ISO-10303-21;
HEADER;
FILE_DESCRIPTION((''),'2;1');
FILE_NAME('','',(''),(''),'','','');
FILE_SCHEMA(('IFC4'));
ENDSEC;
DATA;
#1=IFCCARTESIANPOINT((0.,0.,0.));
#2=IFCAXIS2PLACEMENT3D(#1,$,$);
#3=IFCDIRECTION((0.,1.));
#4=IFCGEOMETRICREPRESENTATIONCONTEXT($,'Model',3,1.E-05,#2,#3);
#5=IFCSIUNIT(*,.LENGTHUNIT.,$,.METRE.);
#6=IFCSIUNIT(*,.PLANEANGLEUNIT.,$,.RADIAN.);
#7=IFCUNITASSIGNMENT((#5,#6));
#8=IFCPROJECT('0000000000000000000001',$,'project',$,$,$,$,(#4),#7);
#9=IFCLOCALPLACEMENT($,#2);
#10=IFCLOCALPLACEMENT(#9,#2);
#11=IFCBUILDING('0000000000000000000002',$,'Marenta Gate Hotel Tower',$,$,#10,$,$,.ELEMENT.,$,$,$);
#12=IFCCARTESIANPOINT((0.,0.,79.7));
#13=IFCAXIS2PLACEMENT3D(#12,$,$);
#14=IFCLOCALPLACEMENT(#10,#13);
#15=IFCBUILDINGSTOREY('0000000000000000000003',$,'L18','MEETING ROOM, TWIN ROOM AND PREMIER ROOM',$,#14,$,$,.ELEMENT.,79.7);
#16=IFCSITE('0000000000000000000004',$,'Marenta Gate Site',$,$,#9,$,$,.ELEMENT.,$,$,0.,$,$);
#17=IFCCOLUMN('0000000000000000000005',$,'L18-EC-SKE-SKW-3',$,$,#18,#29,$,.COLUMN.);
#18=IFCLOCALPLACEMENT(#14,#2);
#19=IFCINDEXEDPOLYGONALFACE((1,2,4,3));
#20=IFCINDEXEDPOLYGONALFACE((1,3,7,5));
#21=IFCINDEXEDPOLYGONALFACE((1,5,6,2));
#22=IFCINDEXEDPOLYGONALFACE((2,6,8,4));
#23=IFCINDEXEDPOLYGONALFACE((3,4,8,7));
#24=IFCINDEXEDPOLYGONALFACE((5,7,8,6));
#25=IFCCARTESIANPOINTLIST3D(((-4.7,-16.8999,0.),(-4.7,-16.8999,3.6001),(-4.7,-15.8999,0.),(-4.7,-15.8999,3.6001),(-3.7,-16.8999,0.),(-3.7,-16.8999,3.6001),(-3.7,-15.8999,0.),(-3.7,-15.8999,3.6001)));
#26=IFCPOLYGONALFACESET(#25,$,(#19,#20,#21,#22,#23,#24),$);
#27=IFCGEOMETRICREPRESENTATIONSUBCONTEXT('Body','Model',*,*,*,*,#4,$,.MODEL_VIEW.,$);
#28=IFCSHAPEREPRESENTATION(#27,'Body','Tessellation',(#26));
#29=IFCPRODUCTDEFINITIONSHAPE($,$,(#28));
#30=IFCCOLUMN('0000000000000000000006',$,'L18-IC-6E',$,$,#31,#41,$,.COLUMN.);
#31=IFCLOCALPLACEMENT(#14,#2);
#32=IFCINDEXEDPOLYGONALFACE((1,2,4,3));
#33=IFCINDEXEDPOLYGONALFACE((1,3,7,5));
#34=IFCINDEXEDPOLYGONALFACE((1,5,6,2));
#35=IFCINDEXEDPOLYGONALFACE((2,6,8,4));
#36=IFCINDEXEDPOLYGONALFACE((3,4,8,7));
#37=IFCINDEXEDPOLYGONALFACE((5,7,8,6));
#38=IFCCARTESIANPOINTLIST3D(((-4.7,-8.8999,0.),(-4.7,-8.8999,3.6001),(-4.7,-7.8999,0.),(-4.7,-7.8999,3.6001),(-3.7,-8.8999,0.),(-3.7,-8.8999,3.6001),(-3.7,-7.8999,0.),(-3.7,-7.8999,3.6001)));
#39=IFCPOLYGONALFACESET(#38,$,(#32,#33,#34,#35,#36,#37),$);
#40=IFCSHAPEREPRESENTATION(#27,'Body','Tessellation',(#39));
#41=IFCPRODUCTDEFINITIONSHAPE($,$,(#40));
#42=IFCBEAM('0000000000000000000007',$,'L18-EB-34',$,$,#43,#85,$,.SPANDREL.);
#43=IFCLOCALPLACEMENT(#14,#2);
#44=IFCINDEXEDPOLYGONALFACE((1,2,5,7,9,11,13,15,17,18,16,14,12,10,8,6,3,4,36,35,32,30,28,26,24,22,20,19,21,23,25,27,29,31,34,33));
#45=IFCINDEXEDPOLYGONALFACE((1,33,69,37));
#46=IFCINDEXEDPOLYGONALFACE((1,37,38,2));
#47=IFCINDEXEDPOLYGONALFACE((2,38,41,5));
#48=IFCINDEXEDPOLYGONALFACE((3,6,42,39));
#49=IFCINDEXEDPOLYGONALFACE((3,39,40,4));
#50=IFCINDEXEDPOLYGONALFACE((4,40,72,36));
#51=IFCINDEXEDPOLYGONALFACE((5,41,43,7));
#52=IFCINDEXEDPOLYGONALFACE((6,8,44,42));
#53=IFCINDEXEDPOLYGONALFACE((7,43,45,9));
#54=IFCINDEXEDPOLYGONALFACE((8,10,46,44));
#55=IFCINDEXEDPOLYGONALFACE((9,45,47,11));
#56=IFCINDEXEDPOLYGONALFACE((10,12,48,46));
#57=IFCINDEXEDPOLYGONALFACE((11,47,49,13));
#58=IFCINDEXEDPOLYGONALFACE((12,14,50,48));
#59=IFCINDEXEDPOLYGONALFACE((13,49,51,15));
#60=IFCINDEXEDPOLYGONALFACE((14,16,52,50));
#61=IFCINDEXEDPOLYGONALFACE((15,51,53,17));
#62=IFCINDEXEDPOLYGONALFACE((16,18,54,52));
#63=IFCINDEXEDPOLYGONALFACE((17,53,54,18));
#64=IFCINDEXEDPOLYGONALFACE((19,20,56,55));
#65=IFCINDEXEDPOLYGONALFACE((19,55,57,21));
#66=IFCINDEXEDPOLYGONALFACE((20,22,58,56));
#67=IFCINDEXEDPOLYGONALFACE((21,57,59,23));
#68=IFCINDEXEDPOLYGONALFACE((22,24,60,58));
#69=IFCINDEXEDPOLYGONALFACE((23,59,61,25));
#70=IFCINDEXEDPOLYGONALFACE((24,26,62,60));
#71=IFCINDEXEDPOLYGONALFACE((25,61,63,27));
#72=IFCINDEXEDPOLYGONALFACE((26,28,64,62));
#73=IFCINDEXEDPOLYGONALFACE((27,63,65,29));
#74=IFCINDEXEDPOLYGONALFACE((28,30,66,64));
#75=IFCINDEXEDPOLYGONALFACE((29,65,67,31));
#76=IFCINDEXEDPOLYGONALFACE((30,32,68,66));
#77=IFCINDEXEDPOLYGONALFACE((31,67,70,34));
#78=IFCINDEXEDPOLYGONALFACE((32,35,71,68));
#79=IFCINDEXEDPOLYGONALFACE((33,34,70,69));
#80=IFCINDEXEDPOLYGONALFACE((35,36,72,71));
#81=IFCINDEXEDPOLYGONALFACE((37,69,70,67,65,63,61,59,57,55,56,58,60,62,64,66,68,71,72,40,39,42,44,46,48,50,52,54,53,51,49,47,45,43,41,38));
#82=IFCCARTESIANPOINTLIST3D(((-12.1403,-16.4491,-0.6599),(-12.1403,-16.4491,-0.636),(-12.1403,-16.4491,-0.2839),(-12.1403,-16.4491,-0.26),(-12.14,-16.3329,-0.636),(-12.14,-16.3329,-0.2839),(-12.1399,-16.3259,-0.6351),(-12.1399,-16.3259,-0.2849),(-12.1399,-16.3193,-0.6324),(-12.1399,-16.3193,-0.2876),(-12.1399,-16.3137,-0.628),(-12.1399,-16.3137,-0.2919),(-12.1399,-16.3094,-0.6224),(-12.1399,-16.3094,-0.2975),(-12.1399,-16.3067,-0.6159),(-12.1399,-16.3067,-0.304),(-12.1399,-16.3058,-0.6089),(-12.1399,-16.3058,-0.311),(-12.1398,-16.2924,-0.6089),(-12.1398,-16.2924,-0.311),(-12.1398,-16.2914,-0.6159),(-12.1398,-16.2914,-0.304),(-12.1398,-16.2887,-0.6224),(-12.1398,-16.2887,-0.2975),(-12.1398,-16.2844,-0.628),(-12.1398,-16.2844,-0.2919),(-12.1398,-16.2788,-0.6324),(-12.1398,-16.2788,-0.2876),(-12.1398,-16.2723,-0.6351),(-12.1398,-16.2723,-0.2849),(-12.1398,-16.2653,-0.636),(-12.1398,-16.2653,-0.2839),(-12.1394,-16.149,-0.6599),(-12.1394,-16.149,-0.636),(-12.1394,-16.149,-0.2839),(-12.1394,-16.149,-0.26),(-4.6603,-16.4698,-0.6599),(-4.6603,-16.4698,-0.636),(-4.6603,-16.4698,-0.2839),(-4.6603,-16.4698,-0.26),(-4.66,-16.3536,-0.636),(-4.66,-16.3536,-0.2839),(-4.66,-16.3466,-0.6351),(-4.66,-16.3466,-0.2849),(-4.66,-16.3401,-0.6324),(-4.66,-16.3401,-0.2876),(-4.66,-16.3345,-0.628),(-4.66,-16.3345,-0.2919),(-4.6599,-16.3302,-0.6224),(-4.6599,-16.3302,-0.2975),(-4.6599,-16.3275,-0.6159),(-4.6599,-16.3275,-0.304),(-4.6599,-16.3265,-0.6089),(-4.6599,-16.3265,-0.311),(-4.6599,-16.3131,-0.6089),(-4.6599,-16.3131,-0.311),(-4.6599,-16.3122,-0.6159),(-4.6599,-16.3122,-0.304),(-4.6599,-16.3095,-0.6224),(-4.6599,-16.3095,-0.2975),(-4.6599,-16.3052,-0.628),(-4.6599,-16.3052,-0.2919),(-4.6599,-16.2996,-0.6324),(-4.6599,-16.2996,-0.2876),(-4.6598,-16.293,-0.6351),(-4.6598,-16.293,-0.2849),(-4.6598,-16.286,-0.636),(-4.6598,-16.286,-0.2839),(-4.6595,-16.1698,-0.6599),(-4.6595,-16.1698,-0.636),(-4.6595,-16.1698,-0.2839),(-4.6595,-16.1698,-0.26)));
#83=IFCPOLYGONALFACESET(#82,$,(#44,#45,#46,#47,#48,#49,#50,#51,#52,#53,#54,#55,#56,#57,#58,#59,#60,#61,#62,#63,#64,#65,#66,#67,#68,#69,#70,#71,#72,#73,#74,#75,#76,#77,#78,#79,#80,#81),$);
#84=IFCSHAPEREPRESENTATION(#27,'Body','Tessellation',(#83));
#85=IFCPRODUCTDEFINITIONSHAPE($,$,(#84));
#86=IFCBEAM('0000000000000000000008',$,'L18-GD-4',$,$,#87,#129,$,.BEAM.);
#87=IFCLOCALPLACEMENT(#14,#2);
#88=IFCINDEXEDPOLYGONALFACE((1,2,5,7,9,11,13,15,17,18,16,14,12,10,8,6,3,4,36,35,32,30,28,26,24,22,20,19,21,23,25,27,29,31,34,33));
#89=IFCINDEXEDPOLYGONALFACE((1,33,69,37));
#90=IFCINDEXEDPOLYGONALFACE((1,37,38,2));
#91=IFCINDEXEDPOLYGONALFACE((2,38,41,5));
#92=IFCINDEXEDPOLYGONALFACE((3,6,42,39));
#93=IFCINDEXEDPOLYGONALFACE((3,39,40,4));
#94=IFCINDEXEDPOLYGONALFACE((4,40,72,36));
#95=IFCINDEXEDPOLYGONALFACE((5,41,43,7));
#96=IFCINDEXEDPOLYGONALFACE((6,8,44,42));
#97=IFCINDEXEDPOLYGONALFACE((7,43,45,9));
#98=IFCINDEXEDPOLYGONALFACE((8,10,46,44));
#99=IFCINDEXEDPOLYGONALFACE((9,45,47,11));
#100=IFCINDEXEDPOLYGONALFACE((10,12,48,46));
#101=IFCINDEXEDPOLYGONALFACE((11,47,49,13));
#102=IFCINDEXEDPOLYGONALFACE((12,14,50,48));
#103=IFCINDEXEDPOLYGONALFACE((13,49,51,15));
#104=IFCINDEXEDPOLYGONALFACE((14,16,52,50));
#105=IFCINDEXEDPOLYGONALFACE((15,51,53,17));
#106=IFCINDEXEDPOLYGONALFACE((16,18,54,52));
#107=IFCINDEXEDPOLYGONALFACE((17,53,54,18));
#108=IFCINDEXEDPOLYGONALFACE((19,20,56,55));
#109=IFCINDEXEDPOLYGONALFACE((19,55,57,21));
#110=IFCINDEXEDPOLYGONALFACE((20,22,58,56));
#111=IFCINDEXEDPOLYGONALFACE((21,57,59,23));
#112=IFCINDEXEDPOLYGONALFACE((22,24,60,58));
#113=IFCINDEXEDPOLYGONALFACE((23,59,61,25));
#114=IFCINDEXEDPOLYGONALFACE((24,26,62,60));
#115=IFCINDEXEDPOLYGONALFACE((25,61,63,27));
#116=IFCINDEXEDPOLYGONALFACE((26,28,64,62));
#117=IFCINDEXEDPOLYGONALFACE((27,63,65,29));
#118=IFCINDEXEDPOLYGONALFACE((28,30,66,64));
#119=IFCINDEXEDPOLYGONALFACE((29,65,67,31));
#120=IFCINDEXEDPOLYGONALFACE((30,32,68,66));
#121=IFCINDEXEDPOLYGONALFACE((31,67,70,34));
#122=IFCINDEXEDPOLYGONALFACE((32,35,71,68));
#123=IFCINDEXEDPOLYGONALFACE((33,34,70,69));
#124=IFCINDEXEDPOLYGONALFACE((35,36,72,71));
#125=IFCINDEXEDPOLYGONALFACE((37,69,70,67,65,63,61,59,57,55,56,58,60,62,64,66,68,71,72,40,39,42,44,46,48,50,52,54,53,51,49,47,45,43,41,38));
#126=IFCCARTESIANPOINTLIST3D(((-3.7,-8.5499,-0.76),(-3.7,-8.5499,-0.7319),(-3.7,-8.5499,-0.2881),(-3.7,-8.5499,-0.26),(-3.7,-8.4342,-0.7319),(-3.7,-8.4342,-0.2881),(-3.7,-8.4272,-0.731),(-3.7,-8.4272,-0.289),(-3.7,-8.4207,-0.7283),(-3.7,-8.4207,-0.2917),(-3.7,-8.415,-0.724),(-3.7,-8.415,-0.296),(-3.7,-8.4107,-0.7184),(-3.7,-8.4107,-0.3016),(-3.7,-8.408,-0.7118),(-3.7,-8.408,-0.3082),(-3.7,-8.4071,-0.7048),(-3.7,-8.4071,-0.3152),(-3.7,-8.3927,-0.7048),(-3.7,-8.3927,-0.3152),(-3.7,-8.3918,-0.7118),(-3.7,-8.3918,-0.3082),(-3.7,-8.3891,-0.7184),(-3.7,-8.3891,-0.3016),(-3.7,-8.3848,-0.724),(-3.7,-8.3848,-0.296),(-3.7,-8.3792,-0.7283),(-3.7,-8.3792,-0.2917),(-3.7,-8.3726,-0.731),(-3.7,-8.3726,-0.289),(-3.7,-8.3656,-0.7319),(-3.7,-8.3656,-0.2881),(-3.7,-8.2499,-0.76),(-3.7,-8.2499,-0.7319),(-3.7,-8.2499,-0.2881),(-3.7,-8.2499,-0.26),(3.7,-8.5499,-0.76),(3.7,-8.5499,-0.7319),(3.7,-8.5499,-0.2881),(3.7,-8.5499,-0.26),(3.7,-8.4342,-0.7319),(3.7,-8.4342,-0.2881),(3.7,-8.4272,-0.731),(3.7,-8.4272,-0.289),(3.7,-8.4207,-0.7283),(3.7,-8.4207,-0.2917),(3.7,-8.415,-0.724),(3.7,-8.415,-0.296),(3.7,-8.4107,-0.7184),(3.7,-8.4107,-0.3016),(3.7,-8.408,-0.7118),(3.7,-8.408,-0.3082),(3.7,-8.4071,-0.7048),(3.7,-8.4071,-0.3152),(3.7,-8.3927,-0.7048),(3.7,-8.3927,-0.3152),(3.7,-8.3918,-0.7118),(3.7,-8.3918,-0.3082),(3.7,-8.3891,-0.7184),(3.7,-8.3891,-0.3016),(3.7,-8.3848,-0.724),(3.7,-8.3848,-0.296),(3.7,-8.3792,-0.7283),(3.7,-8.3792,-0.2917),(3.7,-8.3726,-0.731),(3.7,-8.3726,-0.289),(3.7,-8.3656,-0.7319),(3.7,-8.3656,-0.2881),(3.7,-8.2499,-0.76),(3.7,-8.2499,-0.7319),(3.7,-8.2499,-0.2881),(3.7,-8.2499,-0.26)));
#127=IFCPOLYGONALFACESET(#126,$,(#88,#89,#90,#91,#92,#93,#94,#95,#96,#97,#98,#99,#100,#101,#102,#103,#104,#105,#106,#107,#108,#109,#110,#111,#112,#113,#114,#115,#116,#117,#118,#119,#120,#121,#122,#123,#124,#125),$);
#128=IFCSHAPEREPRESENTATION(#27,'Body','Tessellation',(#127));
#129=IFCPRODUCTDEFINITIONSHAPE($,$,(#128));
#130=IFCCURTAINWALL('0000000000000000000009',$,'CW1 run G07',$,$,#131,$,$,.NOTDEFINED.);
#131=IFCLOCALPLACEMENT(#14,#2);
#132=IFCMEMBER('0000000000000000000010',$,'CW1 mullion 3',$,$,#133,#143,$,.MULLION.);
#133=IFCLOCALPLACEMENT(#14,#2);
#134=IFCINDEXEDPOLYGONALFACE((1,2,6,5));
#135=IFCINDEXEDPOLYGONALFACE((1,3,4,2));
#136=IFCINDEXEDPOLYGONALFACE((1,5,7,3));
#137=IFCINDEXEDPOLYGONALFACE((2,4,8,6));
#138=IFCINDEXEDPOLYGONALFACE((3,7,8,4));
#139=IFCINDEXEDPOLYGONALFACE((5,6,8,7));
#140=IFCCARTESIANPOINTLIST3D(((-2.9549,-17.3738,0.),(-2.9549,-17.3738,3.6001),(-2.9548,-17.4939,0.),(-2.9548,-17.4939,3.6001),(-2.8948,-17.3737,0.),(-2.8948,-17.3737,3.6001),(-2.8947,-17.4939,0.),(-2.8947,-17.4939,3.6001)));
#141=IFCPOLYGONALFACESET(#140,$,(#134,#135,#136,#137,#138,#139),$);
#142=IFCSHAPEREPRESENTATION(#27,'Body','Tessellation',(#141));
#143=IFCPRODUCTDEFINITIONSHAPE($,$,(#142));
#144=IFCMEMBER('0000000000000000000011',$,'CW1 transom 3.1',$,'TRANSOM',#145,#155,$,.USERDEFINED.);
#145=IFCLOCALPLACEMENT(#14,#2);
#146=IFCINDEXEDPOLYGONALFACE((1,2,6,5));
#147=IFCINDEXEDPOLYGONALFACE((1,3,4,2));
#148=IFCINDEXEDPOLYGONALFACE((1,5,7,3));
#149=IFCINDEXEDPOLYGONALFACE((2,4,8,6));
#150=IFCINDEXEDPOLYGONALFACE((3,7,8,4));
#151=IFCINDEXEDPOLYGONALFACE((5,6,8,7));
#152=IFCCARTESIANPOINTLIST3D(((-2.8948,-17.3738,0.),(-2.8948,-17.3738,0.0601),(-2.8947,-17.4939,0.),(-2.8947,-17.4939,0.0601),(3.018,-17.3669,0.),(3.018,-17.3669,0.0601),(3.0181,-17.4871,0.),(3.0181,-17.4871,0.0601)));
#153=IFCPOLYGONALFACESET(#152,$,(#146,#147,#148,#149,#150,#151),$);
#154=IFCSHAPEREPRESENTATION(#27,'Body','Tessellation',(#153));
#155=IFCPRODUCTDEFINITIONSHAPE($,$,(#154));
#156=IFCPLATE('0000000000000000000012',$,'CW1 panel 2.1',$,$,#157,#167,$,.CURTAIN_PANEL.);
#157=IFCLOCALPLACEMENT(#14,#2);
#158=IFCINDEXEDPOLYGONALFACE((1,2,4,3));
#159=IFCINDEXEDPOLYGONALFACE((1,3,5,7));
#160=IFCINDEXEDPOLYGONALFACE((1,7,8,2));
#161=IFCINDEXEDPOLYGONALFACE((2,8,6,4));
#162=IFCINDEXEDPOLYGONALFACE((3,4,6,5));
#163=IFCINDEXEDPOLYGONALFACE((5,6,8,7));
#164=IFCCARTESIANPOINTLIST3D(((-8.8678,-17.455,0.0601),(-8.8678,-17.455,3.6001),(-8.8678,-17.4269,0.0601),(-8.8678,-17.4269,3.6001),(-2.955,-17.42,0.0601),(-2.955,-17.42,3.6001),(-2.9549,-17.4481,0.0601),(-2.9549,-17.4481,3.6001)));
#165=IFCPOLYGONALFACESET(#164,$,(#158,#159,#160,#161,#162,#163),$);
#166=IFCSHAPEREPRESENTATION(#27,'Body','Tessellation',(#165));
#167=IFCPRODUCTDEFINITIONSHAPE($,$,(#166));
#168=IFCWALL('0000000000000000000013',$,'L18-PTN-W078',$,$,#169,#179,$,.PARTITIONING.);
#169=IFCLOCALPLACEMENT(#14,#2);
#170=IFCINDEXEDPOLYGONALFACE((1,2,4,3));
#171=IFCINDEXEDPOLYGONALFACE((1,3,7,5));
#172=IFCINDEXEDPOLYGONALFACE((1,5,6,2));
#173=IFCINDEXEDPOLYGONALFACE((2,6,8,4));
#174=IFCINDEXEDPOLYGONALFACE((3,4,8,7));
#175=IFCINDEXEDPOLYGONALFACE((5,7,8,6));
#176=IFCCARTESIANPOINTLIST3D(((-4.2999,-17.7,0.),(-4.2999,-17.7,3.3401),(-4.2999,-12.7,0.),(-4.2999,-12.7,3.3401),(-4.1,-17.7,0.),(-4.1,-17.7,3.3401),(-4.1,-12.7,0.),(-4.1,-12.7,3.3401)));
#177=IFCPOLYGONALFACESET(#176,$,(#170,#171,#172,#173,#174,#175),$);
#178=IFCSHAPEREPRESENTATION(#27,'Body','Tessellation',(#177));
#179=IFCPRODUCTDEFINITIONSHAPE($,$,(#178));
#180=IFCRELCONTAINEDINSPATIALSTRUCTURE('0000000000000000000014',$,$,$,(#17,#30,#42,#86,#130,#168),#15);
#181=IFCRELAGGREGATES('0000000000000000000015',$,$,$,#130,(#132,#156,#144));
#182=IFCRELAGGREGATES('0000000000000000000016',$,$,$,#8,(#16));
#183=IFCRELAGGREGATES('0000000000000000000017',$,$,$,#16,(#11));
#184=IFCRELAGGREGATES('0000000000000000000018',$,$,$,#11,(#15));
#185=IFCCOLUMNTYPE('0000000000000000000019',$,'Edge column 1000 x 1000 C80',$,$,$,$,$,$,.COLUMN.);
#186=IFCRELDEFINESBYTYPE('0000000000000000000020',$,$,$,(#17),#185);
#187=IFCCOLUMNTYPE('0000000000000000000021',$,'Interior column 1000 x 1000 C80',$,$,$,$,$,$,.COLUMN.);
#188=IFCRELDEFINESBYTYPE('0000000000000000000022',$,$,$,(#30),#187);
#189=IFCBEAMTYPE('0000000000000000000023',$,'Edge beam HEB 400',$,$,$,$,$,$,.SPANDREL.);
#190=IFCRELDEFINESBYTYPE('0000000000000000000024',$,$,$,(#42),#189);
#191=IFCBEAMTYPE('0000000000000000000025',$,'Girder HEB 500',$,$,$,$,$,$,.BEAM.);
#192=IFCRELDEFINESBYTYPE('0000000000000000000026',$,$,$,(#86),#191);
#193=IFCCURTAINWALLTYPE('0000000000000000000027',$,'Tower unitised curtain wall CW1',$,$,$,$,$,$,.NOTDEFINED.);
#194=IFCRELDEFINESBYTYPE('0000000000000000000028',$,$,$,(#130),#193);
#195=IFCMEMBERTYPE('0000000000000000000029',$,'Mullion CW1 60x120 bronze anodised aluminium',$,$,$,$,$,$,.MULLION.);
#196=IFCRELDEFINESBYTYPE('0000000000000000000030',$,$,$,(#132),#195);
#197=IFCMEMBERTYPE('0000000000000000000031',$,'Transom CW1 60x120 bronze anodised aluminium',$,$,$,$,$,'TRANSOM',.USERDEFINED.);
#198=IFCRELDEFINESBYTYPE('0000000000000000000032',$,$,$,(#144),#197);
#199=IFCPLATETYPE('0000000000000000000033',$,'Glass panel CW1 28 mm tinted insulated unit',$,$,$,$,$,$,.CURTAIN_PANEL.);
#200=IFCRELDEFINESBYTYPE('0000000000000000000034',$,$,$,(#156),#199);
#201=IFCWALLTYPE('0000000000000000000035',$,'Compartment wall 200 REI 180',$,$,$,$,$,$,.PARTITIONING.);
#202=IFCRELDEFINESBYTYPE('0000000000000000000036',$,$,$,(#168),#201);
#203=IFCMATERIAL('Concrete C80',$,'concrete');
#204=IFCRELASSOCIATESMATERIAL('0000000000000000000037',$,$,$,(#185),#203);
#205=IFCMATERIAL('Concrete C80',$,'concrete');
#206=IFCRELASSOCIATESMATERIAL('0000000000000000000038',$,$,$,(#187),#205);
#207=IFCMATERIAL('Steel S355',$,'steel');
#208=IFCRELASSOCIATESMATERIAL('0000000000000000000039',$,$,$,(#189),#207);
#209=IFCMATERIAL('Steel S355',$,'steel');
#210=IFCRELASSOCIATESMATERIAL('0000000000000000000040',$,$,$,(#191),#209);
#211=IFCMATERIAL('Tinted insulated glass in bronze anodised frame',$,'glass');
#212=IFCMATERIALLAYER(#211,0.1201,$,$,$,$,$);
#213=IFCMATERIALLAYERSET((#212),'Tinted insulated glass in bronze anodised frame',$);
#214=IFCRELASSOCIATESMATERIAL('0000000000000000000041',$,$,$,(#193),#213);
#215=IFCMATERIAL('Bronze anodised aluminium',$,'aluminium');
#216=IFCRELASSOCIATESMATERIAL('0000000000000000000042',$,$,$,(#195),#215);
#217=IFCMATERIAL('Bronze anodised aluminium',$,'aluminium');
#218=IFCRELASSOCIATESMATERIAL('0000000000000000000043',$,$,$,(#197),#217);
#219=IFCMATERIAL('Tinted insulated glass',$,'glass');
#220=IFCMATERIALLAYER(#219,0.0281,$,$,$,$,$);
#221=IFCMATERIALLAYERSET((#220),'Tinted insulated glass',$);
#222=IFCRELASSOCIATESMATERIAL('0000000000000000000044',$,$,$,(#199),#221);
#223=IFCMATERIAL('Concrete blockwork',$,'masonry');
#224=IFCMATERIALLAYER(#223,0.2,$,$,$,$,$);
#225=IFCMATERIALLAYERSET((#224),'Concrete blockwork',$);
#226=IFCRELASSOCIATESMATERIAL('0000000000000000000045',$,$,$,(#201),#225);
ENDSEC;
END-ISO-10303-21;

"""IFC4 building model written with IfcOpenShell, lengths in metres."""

from ifc_helpers import new_model, si_unit, direction, frame, frame_2d, origin, origin_2d, place, context, subcontext, project, spatial, rectangle, i_section, extrude, material, layer, layer_set, material_profile, profile_set, type_object, element, aggregate, save


model = new_model("IFC4")

# Units and contexts
model_context = context("Model", 3, precision=1e-05, world=origin(), true_north=direction((0.0, 1.0)))
body_context = subcontext(model_context, "Body", "Model", "MODEL_VIEW")
ifc_project = project(units=[si_unit("LENGTHUNIT", "METRE"), si_unit("PLANEANGLEUNIT", "RADIAN")], contexts=[model_context])

# Site, building, storey
site_placement = place(None, origin())
site = spatial("IfcSite", under=ifc_project, at=site_placement, Name="Marenta Gate Site", CompositionType="ELEMENT", RefElevation=0.0)
building_placement = place(site_placement, origin())
building = spatial("IfcBuilding", under=site, at=building_placement, Name="Marenta Gate Hotel Tower", CompositionType="ELEMENT")
storey_placement = place(building_placement, frame((0.0, 0.0, 79.7)))
storey = spatial("IfcBuildingStorey", under=building, at=storey_placement, Name="L18", Description="MEETING ROOM, TWIN ROOM AND PREMIER ROOM", CompositionType="ELEMENT", Elevation=79.7)

# Columns
ifc_material_1 = material(Name="Concrete C80", Category="concrete")
ifc_material_profile_1 = material_profile(ifc_material_1, rectangle(XDim=1.0, YDim=1.0, at=origin_2d()), Name="1000 x 1000")
ifc_profile_set_1 = profile_set([ifc_material_profile_1], Name="Concrete C80")
column_type_1 = type_object("IfcColumnType", Name="Edge column 1000 x 1000 C80", PredefinedType="COLUMN", material=ifc_profile_set_1)
column_1_placement = place(storey_placement, frame((-4.2, -16.3999, 0.0), z_axis=(0.0, 0.0, 1.0), x_axis=(1.0, 0.0, 0.0)))
element("IfcColumn", 1, at=column_1_placement, inside=storey, type_object=column_type_1, Name="L18-EC-SKE-SKW-3", PredefinedType="COLUMN", context=body_context, shape_type="SweptSolid", body=[
    extrude(rectangle(XDim=1.0, YDim=1.0, at=origin_2d()), origin(), (0.0, 0.0, 1.0), 3.6001),
])
ifc_material_2 = material(Name="Concrete C80", Category="concrete")
ifc_material_profile_2 = material_profile(ifc_material_2, rectangle(XDim=1.0, YDim=1.0, at=origin_2d()), Name="1000 x 1000")
ifc_profile_set_2 = profile_set([ifc_material_profile_2], Name="Concrete C80")
column_type_2 = type_object("IfcColumnType", Name="Interior column 1000 x 1000 C80", PredefinedType="COLUMN", material=ifc_profile_set_2)
column_2_placement = place(storey_placement, frame((-4.2, -8.3999, 0.0), z_axis=(0.0, 0.0, 1.0), x_axis=(1.0, 0.0, 0.0)))
element("IfcColumn", 2, at=column_2_placement, inside=storey, type_object=column_type_2, Name="L18-IC-6E", PredefinedType="COLUMN", context=body_context, shape_type="SweptSolid", body=[
    extrude(rectangle(XDim=1.0, YDim=1.0, at=origin_2d()), origin(), (0.0, 0.0, 1.0), 3.6001),
])

# Beams
ifc_material_3 = material(Name="Steel S355", Category="steel")
ifc_material_profile_3 = material_profile(ifc_material_3, i_section(OverallWidth=0.3, OverallDepth=0.3999, WebThickness=0.0134, FlangeThickness=0.0239, FilletRadius=0.0271, at=origin_2d()), Name="HEB 400")
ifc_profile_set_3 = profile_set([ifc_material_profile_3], Name="Steel S355")
beam_type_1 = type_object("IfcBeamType", Name="Edge beam HEB 400", PredefinedType="SPANDREL", material=ifc_profile_set_3)
beam_1_placement = place(storey_placement, frame((-4.6599, -16.3198, -0.46), z_axis=(-0.999996, 0.002774, 0.0), x_axis=(-0.002774, -0.999996, 0.0)))
element("IfcBeam", 3, at=beam_1_placement, inside=storey, type_object=beam_type_1, Name="L18-EB-34", PredefinedType="SPANDREL", context=body_context, shape_type="SweptSolid", body=[
    extrude(i_section(OverallWidth=0.3, OverallDepth=0.3999, WebThickness=0.0134, FlangeThickness=0.0239, FilletRadius=0.0271, at=origin_2d()), origin(), (0.0, 0.0, 1.0), 7.48),
])
ifc_material_4 = material(Name="Steel S355", Category="steel")
ifc_material_profile_4 = material_profile(ifc_material_4, i_section(OverallWidth=0.3, OverallDepth=0.5, WebThickness=0.0144, FlangeThickness=0.0281, FilletRadius=0.0271, at=origin_2d()), Name="HEB 500")
ifc_profile_set_4 = profile_set([ifc_material_profile_4], Name="Steel S355")
beam_type_2 = type_object("IfcBeamType", Name="Girder HEB 500", PredefinedType="BEAM", material=ifc_profile_set_4)
beam_2_placement = place(storey_placement, frame((-3.7, -8.3999, -0.51), z_axis=(1.0, 0.0, 0.0), x_axis=(0.0, 1.0, 0.0)))
element("IfcBeam", 4, at=beam_2_placement, inside=storey, type_object=beam_type_2, Name="L18-GD-4", PredefinedType="BEAM", context=body_context, shape_type="SweptSolid", body=[
    extrude(i_section(OverallWidth=0.3, OverallDepth=0.5, WebThickness=0.0144, FlangeThickness=0.0281, FilletRadius=0.0271, at=origin_2d()), origin(), (0.0, 0.0, 1.0), 7.3999),
])

# Curtain wall, members, plate
ifc_material_5 = material(Name="Tinted insulated glass in bronze anodised frame", Category="glass")
ifc_layer_1 = layer(ifc_material_5, 0.1201)
ifc_layer_set_1 = layer_set([ifc_layer_1], Name="Tinted insulated glass in bronze anodised frame")
curtain_wall_type = type_object("IfcCurtainWallType", Name="Tower unitised curtain wall CW1", PredefinedType="NOTDEFINED", material=ifc_layer_set_1)
curtain_wall_placement = place(storey_placement, origin())
curtain_wall = element("IfcCurtainWall", 5, at=curtain_wall_placement, inside=storey, type_object=curtain_wall_type, Name="CW1 run G07", PredefinedType="NOTDEFINED")
ifc_material_6 = material(Name="Bronze anodised aluminium", Category="aluminium")
ifc_material_profile_5 = material_profile(ifc_material_6, rectangle(XDim=0.1201, YDim=0.0601, at=origin_2d()), Name="Mullion CW1 60x120 bronze anodised aluminium")
ifc_profile_set_5 = profile_set([ifc_material_profile_5], Name="Bronze anodised aluminium")
member_type_1 = type_object("IfcMemberType", Name="Mullion CW1 60x120 bronze anodised aluminium", PredefinedType="MULLION", material=ifc_profile_set_5)
member_1_placement = place(storey_placement, frame((-2.9248, -17.4338, 0.0), z_axis=(0.0, 0.0, 1.0), x_axis=(-0.001162, 0.999999, 0.0)))
member_1 = element("IfcMember", 6, at=member_1_placement, type_object=member_type_1, Name="CW1 mullion 3", PredefinedType="MULLION", context=body_context, shape_type="SweptSolid", body=[
    extrude(rectangle(XDim=0.1201, YDim=0.0601, at=origin_2d()), origin(), (0.0, 0.0, 1.0), 3.6001),
])
ifc_material_7 = material(Name="Bronze anodised aluminium", Category="aluminium")
ifc_material_profile_6 = material_profile(ifc_material_7, rectangle(XDim=0.1201, YDim=0.0601, at=origin_2d()), Name="Transom CW1 60x120 bronze anodised aluminium")
ifc_profile_set_6 = profile_set([ifc_material_profile_6], Name="Bronze anodised aluminium")
member_type_2 = type_object("IfcMemberType", Name="Transom CW1 60x120 bronze anodised aluminium", ElementType="TRANSOM", PredefinedType="USERDEFINED", material=ifc_profile_set_6)
member_2_placement = place(storey_placement, frame((-2.8948, -17.4338, 0.03), z_axis=(0.999999, 0.001156, 0.0), x_axis=(-0.001156, 0.999999, 0.0)))
member_2 = element("IfcMember", 7, at=member_2_placement, type_object=member_type_2, Name="CW1 transom 3.1", ObjectType="TRANSOM", PredefinedType="USERDEFINED", context=body_context, shape_type="SweptSolid", body=[
    extrude(rectangle(XDim=0.1201, YDim=0.0601, at=origin_2d()), origin(), (0.0, 0.0, 1.0), 5.9128),
])
ifc_material_8 = material(Name="Tinted insulated glass", Category="glass")
ifc_layer_2 = layer(ifc_material_8, 0.0281)
ifc_layer_set_2 = layer_set([ifc_layer_2], Name="Tinted insulated glass")
plate_type = type_object("IfcPlateType", Name="Glass panel CW1 28 mm tinted insulated unit", PredefinedType="CURTAIN_PANEL", material=ifc_layer_set_2)
plate_placement = place(storey_placement, frame((-5.9114, -17.4375, 0.0601), z_axis=(0.0, 0.0, 1.0), x_axis=(0.999999, 0.001162, 0.0)))
plate = element("IfcPlate", 8, at=plate_placement, type_object=plate_type, Name="CW1 panel 2.1", PredefinedType="CURTAIN_PANEL", context=body_context, shape_type="SweptSolid", body=[
    extrude(rectangle(XDim=5.9128, YDim=0.0281, at=origin_2d()), origin(), (0.0, 0.0, 1.0), 3.54),
])
aggregate(curtain_wall, [member_1, plate, member_2])

# Wall
ifc_material_9 = material(Name="Concrete blockwork", Category="masonry")
ifc_layer_3 = layer(ifc_material_9, 0.2)
ifc_layer_set_3 = layer_set([ifc_layer_3], Name="Concrete blockwork")
wall_type_1 = type_object("IfcWallType", Name="Compartment wall 200 REI 180", PredefinedType="PARTITIONING", material=ifc_layer_set_3)
wall_1_placement = place(storey_placement, frame((-4.2, -17.7, 0.0), z_axis=(0.0, 0.0, 1.0), x_axis=(0.0, 1.0, 0.0)))
element("IfcWall", 9, at=wall_1_placement, inside=storey, type_object=wall_type_1, Name="L18-PTN-W078", PredefinedType="PARTITIONING", context=body_context, shape_type="SweptSolid", body=[
    extrude(rectangle(XDim=5.0, YDim=0.2, at=frame_2d((2.5, 0.0))), origin(), (0.0, 0.0, 1.0), 3.3401),
])

save(model, "model.ifc")
